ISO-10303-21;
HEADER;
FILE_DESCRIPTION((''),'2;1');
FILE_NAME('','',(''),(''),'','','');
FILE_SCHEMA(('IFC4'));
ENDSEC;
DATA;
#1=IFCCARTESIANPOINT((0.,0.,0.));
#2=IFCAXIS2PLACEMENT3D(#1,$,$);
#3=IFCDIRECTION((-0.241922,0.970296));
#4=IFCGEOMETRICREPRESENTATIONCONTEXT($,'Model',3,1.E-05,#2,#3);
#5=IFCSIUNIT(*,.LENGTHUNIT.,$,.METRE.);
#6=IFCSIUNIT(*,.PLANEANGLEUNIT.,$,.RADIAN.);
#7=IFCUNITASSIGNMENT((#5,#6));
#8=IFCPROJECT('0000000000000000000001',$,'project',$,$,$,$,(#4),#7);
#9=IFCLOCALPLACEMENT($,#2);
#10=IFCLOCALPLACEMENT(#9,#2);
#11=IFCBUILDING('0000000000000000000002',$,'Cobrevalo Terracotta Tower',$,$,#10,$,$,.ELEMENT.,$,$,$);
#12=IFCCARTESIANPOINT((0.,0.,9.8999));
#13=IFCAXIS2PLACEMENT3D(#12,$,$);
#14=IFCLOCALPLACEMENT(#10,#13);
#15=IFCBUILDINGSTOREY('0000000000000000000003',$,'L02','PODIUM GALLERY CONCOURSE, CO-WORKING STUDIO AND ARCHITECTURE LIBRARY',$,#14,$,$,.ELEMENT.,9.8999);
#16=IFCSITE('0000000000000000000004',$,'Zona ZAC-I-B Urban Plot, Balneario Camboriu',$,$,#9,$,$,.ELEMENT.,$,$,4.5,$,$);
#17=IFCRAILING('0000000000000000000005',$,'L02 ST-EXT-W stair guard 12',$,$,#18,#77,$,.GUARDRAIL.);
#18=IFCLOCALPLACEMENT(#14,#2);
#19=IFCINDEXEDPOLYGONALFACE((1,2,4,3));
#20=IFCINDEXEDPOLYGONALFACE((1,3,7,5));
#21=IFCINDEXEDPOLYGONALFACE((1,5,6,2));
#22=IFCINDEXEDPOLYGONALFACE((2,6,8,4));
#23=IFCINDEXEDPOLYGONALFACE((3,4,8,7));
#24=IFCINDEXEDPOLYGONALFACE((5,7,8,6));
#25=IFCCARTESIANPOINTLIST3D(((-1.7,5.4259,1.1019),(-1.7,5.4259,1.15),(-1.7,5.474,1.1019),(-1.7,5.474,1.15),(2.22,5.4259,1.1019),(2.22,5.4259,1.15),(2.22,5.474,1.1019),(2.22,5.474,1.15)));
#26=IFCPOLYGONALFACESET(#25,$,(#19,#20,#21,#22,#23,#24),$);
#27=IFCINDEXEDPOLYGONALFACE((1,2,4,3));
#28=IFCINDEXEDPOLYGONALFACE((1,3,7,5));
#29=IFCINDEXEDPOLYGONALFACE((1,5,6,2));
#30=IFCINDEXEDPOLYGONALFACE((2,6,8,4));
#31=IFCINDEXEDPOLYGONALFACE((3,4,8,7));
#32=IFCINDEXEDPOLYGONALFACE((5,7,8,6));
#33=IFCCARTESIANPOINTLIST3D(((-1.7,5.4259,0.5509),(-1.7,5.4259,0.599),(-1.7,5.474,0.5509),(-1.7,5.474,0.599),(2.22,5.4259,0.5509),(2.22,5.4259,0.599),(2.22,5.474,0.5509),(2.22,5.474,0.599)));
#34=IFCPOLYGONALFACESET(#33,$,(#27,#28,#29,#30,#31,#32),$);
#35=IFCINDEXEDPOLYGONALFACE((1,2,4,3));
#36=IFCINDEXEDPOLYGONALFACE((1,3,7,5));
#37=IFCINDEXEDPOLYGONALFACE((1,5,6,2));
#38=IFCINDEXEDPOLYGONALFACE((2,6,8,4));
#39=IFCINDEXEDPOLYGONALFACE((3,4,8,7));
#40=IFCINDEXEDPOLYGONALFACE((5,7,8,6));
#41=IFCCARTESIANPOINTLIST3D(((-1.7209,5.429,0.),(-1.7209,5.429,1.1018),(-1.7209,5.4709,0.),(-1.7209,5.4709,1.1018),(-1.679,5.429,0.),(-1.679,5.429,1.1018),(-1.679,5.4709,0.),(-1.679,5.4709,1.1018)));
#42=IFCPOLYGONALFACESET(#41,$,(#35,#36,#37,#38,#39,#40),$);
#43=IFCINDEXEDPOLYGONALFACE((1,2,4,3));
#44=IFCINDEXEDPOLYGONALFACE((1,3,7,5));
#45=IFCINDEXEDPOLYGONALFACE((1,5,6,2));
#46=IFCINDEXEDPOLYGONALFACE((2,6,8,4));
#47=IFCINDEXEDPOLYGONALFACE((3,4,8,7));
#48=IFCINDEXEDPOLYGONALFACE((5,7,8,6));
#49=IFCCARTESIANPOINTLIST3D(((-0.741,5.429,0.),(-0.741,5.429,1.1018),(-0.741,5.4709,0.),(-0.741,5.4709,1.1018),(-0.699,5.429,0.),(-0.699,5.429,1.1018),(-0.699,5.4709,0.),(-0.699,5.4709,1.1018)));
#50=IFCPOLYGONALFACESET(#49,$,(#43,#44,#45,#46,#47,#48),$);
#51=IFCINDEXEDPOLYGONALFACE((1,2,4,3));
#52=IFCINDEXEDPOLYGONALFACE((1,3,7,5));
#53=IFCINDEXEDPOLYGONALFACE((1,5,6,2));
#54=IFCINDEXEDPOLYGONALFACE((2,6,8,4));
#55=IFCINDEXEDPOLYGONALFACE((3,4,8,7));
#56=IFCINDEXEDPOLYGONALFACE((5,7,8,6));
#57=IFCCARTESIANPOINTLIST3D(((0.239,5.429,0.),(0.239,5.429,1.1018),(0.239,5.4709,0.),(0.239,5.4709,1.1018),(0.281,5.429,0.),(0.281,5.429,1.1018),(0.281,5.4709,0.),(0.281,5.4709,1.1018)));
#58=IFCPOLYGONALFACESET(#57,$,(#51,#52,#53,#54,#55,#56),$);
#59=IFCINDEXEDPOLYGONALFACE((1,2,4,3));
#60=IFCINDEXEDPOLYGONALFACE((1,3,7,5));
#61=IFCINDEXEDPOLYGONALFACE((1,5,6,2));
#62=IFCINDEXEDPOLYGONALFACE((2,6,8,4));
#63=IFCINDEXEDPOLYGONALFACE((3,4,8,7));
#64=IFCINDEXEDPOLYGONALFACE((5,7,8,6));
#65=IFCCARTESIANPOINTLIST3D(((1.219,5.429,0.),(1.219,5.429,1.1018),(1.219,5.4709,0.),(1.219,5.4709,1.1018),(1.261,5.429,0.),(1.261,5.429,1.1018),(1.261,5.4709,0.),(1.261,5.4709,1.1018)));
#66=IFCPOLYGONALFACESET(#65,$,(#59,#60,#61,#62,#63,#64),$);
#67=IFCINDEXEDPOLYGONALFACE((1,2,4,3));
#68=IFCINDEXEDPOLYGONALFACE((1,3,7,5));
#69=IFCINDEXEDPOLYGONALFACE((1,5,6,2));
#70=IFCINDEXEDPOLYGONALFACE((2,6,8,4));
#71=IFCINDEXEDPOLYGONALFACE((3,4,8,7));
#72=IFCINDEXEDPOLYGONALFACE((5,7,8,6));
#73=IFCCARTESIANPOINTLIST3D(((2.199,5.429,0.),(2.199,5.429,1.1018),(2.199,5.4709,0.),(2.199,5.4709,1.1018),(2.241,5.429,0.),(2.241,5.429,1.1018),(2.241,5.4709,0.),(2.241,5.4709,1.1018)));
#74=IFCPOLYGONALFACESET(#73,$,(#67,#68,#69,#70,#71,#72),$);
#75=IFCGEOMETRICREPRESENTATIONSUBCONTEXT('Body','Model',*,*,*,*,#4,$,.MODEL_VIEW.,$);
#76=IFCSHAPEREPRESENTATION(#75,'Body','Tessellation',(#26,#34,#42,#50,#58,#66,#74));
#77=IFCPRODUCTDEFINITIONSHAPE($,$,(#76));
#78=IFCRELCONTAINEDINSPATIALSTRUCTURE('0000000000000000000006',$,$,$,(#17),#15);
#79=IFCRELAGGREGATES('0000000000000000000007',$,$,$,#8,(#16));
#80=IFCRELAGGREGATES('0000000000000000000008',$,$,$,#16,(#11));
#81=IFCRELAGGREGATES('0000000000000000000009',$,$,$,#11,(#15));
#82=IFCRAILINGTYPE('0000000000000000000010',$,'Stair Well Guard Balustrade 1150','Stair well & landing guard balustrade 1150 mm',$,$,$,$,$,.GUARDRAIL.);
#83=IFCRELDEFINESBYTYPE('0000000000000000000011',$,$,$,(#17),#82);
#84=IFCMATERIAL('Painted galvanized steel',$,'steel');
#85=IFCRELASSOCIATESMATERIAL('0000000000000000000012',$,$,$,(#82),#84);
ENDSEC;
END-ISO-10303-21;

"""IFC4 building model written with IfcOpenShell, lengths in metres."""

from ifc_helpers import new_model, si_unit, direction, frame, origin, origin_2d, place, context, subcontext, project, spatial, rectangle, extrude, material, type_object, element, save


model = new_model("IFC4")

# Units and contexts
model_context = context("Model", 3, precision=1e-05, world=origin(), true_north=direction((-0.241922, 0.970296)))
body_context = subcontext(model_context, "Body", "Model", "MODEL_VIEW")
ifc_project = project(units=[si_unit("LENGTHUNIT", "METRE"), si_unit("PLANEANGLEUNIT", "RADIAN")], contexts=[model_context])

# Site, building, storey
site_placement = place(None, origin())
site = spatial("IfcSite", under=ifc_project, at=site_placement, Name="Zona ZAC-I-B Urban Plot, Balneario Camboriu", CompositionType="ELEMENT", RefElevation=4.5)
building_placement = place(site_placement, origin())
building = spatial("IfcBuilding", under=site, at=building_placement, Name="Cobrevalo Terracotta Tower", CompositionType="ELEMENT")
storey_placement = place(building_placement, frame((0.0, 0.0, 9.8999)))
storey = spatial("IfcBuildingStorey", under=building, at=storey_placement, Name="L02", Description="PODIUM GALLERY CONCOURSE, CO-WORKING STUDIO AND ARCHITECTURE LIBRARY", CompositionType="ELEMENT", Elevation=9.8999)

# Railing
ifc_material_1 = material(Name="Painted galvanized steel", Category="steel")
railing_type_1 = type_object("IfcRailingType", Name="Stair Well Guard Balustrade 1150", Description="Stair well & landing guard balustrade 1150 mm", PredefinedType="GUARDRAIL", material=ifc_material_1)
railing_1_placement = place(storey_placement, frame((-1.7, 5.45, 0.0)))
element("IfcRailing", 1, at=railing_1_placement, inside=storey, type_object=railing_type_1, Name="L02 ST-EXT-W stair guard 12", PredefinedType="GUARDRAIL", context=body_context, shape_type="SweptSolid", body=[
    extrude(rectangle(XDim=0.0481, YDim=0.0481, at=origin_2d()), frame((0.0, 0.0, 1.126), z_axis=(1.0, 0.0, 0.0), x_axis=(0.0, 1.0, 0.0)), (0.0, 0.0, 1.0), 3.9199),
    extrude(rectangle(XDim=0.0481, YDim=0.0481, at=origin_2d()), frame((0.0, 0.0, 0.575), z_axis=(1.0, 0.0, 0.0), x_axis=(0.0, 1.0, 0.0)), (0.0, 0.0, 1.0), 3.9199),
    extrude(rectangle(XDim=0.042, YDim=0.042, at=origin_2d()), origin(), (0.0, 0.0, 1.0), 1.1018),
    extrude(rectangle(XDim=0.042, YDim=0.042, at=origin_2d()), frame((0.98, 0.0, 0.0)), (0.0, 0.0, 1.0), 1.1018),
    extrude(rectangle(XDim=0.042, YDim=0.042, at=origin_2d()), frame((1.96, 0.0, 0.0)), (0.0, 0.0, 1.0), 1.1018),
    extrude(rectangle(XDim=0.042, YDim=0.042, at=origin_2d()), frame((2.9399, 0.0, 0.0)), (0.0, 0.0, 1.0), 1.1018),
    extrude(rectangle(XDim=0.042, YDim=0.042, at=origin_2d()), frame((3.9199, 0.0, 0.0)), (0.0, 0.0, 1.0), 1.1018),
])

save(model, "model.ifc")
